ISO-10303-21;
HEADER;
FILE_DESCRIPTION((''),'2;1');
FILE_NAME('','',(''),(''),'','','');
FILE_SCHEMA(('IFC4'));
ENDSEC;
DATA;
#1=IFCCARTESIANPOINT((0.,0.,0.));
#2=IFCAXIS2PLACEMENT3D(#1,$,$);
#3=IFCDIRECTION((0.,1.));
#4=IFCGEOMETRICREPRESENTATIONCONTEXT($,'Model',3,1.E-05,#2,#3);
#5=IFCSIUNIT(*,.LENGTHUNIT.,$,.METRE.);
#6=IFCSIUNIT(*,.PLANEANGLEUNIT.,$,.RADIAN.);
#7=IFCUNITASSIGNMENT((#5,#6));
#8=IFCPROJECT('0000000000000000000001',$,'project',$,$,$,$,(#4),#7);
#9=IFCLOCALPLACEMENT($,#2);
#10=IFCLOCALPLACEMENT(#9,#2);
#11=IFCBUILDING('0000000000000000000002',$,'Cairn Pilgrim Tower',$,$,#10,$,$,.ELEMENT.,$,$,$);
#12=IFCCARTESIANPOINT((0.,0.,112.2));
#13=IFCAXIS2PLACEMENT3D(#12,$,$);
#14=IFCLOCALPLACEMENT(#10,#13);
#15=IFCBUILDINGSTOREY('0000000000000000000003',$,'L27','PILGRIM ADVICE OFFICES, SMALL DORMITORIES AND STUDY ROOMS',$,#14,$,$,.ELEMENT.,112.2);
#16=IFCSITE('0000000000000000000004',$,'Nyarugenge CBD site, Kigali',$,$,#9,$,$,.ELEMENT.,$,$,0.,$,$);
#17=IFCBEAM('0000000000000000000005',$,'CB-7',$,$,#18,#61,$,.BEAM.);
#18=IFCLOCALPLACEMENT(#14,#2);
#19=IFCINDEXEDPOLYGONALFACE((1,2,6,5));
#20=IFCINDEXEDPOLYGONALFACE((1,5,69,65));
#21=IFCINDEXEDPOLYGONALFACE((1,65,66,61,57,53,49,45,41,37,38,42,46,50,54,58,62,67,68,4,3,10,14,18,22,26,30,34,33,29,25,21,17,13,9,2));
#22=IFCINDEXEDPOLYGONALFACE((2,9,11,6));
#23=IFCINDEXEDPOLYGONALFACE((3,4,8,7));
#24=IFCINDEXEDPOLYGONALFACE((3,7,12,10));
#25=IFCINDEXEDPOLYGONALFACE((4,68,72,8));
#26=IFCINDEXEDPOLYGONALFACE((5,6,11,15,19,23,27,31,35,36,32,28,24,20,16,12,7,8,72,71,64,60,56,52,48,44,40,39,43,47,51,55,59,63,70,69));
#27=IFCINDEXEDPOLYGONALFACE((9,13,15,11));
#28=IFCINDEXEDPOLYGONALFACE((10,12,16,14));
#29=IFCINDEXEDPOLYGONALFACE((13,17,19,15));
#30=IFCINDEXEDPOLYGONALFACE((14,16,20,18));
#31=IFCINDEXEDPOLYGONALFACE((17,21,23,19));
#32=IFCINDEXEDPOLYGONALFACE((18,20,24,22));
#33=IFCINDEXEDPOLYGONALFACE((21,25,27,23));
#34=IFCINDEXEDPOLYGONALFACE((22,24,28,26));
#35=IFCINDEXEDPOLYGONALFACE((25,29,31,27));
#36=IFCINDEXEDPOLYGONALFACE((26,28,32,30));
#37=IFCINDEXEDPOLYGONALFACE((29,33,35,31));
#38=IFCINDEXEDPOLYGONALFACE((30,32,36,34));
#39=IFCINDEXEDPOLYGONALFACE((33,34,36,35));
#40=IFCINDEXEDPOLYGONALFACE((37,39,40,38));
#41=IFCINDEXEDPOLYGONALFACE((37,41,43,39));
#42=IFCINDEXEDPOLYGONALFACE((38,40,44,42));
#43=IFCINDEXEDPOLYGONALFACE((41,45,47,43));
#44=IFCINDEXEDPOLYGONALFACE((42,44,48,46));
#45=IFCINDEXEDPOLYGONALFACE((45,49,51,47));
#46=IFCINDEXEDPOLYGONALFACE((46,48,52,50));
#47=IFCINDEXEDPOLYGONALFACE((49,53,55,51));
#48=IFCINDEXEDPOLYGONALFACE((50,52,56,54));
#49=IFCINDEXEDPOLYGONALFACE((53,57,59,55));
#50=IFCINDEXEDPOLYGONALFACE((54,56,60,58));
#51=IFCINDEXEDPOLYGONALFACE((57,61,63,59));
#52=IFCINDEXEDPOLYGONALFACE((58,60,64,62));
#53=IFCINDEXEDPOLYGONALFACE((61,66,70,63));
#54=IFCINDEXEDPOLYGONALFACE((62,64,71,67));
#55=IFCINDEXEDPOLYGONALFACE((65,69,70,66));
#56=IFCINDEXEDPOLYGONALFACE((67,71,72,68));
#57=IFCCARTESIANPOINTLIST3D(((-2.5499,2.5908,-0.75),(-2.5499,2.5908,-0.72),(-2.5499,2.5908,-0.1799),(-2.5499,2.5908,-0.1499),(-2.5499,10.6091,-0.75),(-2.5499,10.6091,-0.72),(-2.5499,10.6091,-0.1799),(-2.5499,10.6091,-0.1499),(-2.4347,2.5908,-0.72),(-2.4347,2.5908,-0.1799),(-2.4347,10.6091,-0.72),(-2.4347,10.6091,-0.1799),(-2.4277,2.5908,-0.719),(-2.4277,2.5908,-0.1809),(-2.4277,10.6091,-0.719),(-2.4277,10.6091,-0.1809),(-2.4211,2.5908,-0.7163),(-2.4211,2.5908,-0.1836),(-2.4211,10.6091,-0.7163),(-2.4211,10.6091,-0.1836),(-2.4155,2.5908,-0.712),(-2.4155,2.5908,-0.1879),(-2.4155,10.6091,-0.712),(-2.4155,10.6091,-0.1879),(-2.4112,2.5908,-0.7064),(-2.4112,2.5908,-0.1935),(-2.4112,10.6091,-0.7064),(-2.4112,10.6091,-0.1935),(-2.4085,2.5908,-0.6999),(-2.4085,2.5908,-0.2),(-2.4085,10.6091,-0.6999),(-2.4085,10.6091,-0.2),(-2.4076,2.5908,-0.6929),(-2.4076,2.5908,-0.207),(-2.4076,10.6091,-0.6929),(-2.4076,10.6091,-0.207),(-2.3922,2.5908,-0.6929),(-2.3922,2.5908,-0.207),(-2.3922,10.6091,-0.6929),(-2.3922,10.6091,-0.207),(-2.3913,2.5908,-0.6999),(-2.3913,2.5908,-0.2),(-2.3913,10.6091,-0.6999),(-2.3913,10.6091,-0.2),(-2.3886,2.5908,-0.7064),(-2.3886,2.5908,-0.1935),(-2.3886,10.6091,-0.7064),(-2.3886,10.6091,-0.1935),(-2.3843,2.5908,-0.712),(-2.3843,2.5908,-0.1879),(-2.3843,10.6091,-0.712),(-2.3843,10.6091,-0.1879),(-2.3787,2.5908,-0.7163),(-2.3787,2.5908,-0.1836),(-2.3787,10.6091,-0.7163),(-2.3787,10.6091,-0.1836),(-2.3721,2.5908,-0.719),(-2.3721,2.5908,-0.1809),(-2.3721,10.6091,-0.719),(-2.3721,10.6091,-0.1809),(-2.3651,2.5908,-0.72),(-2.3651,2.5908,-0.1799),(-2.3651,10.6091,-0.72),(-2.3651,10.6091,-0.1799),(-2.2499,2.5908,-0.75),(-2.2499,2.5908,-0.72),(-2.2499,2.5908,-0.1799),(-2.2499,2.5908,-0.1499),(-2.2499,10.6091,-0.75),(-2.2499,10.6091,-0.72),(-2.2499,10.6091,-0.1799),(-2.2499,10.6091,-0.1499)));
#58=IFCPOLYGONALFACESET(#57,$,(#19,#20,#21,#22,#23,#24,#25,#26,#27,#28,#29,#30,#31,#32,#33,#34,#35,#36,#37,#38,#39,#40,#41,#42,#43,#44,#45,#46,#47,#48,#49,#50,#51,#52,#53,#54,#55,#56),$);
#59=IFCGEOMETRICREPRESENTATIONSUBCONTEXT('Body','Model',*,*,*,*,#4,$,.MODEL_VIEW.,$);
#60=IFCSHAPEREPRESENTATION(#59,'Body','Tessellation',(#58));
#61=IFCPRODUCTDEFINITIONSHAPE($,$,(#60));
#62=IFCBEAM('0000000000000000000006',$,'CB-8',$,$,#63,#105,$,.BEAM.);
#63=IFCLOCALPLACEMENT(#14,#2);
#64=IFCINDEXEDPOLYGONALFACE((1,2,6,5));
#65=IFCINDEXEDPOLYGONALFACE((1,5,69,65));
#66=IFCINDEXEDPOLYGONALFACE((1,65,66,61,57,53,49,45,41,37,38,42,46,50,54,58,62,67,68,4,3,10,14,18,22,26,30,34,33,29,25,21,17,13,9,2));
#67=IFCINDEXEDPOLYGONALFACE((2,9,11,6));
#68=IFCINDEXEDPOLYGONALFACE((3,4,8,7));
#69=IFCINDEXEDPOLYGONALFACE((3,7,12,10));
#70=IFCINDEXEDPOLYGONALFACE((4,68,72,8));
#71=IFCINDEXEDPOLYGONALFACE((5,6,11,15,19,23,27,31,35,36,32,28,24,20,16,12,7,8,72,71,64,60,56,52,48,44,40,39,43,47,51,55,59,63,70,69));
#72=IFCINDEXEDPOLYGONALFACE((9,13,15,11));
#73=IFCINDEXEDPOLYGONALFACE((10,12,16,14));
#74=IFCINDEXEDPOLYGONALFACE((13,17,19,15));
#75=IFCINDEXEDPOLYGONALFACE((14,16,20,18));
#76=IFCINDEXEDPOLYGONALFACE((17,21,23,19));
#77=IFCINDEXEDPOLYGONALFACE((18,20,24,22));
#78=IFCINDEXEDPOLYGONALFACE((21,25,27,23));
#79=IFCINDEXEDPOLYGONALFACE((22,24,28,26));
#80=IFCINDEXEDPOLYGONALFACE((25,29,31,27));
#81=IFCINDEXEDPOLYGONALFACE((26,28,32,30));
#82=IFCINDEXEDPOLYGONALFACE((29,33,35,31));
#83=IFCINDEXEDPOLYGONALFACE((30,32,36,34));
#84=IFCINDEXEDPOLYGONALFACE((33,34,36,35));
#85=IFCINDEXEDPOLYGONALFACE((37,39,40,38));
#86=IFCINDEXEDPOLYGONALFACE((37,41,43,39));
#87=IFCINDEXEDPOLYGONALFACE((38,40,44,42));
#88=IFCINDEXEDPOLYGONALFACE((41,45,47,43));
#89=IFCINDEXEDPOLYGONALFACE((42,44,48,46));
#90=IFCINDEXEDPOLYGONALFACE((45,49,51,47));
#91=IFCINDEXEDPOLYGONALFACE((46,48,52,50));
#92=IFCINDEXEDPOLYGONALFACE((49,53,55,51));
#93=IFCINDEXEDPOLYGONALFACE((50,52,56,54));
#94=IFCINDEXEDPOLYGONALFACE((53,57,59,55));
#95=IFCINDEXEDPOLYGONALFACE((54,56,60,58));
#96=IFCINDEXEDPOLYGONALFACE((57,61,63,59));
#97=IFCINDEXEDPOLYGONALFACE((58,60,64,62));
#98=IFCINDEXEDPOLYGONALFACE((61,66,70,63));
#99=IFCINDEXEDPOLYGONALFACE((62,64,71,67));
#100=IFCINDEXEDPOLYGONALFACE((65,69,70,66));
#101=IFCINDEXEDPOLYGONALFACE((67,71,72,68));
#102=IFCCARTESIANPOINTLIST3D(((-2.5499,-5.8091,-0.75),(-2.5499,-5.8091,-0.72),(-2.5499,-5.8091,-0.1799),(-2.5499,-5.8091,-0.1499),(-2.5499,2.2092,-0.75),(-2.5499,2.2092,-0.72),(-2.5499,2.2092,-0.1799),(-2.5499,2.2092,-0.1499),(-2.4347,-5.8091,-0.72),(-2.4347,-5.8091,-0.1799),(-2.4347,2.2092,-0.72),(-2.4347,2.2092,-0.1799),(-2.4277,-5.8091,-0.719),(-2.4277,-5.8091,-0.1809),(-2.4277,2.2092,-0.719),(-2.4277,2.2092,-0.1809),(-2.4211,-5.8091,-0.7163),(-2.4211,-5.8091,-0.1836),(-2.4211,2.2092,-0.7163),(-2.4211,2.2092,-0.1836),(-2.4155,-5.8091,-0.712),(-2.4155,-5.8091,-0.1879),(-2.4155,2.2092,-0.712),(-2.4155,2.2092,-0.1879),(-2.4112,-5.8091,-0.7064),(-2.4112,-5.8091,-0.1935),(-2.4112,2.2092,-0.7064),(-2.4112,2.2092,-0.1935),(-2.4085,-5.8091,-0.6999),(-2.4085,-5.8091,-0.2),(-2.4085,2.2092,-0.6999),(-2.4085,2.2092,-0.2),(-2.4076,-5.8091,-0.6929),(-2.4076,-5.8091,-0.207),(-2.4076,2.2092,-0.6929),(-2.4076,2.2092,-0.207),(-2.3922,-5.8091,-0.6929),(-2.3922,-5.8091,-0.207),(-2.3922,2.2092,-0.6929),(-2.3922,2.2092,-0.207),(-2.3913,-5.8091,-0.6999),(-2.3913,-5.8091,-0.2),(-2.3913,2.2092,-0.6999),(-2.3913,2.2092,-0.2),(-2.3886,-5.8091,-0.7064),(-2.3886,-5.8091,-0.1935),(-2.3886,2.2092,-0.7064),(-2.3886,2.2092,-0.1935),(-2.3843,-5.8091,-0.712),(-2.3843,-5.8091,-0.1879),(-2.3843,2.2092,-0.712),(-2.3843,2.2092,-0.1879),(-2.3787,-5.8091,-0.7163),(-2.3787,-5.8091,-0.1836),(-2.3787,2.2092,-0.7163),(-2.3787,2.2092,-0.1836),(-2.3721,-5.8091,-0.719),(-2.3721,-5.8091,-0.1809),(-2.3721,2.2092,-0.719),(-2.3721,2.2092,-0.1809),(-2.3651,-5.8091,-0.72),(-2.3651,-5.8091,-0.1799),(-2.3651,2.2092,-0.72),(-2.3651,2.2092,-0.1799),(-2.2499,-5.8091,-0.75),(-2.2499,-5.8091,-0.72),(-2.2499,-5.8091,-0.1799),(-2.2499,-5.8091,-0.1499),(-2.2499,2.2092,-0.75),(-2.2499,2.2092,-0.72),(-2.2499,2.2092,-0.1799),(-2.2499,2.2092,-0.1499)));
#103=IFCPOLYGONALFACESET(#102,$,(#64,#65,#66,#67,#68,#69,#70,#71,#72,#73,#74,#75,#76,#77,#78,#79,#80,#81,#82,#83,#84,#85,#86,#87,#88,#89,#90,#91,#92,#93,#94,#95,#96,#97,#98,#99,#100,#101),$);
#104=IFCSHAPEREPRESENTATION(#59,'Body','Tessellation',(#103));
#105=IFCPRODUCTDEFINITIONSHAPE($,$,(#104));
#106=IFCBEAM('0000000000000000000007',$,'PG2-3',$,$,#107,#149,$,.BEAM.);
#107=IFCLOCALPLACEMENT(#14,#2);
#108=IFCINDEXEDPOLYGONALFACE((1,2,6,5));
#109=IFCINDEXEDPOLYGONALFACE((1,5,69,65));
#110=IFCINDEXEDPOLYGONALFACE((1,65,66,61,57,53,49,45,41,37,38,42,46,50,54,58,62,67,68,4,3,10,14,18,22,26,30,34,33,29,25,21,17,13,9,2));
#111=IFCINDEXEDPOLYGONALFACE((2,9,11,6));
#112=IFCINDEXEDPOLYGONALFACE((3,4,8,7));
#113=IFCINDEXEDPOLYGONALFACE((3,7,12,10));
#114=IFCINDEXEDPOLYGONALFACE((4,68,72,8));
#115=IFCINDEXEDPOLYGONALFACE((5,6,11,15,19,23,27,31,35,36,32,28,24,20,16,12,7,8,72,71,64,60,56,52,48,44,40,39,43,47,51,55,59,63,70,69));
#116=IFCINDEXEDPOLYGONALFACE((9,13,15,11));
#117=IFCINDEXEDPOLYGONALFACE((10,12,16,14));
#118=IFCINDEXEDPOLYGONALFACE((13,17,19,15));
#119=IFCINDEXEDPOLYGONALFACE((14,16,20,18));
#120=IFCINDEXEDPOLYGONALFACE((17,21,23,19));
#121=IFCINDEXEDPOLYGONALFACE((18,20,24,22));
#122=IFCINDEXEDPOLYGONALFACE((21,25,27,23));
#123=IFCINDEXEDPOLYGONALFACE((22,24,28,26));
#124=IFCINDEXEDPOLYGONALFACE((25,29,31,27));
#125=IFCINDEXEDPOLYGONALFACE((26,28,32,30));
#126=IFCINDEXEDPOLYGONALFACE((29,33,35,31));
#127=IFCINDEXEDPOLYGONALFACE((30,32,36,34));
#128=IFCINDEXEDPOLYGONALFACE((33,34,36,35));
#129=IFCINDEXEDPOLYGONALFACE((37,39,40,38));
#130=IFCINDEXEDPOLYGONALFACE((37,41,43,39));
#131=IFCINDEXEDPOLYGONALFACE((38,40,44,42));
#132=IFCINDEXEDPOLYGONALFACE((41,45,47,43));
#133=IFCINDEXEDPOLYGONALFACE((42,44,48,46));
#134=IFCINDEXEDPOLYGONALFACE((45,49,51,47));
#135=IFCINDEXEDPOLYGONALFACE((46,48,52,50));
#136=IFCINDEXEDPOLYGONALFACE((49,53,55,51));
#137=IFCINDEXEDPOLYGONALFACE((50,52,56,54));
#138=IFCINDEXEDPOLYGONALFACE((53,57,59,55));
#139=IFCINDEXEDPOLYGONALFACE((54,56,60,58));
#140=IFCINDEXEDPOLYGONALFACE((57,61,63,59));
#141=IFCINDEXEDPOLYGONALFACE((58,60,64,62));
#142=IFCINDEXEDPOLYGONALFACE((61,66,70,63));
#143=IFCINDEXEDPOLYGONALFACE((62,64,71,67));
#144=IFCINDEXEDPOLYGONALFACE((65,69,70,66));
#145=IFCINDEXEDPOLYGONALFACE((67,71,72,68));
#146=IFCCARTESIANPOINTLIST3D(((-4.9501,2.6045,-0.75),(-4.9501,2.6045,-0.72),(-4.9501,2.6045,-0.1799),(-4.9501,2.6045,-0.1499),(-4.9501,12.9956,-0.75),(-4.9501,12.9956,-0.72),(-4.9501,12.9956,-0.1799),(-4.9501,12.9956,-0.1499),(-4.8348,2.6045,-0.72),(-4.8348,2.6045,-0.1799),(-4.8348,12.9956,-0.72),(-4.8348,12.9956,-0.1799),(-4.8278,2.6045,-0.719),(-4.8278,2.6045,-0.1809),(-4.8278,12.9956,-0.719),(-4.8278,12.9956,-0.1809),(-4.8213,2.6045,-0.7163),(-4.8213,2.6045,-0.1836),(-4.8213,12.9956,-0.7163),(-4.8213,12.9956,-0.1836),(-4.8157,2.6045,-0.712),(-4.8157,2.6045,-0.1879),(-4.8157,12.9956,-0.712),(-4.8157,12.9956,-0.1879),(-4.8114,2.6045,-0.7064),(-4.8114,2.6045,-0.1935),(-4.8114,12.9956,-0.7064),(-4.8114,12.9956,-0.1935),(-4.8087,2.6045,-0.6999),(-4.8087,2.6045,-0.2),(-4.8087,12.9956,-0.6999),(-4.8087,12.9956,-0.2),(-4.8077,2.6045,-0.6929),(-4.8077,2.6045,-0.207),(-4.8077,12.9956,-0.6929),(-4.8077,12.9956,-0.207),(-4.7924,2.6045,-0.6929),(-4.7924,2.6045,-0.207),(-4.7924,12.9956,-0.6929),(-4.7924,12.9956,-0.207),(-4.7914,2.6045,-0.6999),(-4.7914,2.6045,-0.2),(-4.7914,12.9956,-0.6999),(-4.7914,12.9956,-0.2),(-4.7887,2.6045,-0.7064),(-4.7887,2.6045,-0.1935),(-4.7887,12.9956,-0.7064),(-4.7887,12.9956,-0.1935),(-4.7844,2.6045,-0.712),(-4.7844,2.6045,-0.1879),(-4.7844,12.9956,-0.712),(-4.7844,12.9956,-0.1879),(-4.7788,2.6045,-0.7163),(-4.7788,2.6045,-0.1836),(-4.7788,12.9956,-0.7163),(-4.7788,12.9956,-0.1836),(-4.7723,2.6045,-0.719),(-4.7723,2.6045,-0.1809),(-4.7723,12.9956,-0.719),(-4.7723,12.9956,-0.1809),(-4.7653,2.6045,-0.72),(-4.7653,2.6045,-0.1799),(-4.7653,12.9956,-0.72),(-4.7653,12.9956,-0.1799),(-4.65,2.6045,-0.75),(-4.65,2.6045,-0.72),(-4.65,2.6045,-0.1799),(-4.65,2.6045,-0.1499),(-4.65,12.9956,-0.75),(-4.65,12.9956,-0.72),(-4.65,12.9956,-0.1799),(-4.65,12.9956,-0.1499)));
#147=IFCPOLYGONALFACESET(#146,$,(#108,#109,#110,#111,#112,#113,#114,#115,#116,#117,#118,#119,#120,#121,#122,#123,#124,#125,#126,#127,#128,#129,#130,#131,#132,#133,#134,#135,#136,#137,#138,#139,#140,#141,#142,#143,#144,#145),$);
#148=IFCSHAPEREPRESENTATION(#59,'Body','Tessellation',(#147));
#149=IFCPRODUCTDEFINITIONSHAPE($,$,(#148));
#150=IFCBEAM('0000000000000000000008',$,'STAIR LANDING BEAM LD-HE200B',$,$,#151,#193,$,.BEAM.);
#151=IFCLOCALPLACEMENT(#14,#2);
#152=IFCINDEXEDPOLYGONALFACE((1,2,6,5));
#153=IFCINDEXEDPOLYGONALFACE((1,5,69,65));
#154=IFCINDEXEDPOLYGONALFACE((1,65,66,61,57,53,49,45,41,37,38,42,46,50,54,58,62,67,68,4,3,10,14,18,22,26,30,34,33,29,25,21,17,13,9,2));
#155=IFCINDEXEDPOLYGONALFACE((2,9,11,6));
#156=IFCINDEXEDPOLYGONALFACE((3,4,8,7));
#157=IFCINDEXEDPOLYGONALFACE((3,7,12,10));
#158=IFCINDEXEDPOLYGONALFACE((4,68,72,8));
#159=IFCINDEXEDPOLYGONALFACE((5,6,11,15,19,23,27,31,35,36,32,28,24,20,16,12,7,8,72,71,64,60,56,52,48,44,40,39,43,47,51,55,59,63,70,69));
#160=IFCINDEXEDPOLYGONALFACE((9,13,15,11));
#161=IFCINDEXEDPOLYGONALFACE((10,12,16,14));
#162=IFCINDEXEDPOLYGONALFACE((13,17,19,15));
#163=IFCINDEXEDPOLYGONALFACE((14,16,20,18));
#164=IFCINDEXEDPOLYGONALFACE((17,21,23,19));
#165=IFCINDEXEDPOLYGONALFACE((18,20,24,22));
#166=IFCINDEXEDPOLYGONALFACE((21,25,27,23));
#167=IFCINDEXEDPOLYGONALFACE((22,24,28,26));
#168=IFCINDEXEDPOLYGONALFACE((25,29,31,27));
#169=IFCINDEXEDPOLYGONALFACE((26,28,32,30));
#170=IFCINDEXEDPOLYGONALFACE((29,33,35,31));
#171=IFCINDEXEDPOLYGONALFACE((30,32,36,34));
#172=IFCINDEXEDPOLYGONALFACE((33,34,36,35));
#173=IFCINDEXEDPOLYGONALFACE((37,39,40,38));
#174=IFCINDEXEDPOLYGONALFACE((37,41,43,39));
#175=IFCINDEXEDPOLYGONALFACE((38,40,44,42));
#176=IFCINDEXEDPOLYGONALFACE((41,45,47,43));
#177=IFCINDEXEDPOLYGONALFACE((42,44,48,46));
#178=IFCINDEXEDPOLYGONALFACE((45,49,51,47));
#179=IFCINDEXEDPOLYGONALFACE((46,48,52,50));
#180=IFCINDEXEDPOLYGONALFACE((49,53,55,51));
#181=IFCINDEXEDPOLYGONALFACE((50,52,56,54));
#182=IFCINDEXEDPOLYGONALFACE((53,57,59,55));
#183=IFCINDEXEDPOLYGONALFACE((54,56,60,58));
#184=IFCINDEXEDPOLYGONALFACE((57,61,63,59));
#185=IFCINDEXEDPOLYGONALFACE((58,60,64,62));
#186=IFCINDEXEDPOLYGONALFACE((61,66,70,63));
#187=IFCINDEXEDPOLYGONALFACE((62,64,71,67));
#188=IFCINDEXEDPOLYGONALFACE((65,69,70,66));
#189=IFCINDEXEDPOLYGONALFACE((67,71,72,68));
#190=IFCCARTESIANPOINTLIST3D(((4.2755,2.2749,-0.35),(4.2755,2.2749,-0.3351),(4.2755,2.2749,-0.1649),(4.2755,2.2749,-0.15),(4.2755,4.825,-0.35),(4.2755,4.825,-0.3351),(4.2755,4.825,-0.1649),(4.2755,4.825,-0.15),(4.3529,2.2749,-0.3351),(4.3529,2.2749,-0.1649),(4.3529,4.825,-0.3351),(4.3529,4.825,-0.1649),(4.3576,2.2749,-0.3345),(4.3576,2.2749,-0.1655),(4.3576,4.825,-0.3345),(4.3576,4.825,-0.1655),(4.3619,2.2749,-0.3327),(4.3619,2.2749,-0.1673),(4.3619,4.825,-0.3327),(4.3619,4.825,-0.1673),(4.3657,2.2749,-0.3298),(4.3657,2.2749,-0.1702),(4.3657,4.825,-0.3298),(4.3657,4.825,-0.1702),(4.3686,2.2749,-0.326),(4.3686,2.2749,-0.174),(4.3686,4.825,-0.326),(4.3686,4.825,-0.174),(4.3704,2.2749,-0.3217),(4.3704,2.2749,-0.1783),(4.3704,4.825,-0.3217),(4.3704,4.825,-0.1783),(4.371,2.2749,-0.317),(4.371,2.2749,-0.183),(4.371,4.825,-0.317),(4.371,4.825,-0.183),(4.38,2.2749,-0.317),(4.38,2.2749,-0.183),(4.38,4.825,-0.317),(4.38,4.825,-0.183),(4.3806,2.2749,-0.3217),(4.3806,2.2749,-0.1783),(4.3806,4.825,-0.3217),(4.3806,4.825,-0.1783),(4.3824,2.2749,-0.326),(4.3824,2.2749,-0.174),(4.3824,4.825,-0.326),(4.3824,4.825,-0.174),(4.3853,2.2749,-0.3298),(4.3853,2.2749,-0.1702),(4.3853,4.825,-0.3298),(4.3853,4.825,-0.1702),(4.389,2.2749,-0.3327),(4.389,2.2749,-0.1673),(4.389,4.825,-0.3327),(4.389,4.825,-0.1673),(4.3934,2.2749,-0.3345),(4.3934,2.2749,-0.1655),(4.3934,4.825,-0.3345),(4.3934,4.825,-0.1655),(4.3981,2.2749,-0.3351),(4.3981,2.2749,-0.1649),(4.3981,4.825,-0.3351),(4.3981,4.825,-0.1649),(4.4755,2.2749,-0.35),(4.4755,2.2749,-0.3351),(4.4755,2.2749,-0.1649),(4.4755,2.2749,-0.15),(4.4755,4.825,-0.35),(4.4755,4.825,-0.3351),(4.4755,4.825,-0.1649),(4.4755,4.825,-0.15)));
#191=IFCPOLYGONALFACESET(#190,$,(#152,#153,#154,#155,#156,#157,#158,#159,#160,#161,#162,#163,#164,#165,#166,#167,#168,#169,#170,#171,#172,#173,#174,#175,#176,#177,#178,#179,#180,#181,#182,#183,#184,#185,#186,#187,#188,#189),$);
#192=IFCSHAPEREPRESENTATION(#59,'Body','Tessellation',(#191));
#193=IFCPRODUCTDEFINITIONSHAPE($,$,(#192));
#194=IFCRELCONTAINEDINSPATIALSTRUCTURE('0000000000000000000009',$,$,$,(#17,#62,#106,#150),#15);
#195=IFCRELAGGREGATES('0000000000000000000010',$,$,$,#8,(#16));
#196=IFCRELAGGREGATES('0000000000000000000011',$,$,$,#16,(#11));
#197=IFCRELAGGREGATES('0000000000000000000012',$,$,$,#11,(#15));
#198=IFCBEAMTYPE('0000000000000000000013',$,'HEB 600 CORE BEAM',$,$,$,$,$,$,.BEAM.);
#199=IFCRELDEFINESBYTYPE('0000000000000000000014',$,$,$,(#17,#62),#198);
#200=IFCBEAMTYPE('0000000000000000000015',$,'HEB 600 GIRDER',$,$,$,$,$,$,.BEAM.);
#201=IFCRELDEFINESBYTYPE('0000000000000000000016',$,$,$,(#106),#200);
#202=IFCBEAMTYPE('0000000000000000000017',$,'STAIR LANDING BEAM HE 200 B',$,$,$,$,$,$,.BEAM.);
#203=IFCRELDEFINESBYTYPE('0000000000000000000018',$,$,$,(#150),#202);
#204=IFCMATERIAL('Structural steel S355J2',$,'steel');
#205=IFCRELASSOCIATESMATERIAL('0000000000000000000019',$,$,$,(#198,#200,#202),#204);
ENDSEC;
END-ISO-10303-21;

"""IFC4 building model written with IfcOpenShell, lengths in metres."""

from ifc_helpers import new_model, si_unit, direction, frame, origin, origin_2d, place, context, subcontext, project, spatial, i_section, extrude, material, material_profile, profile_set, type_object, element, save


model = new_model("IFC4")

# Units and contexts
model_context = context("Model", 3, precision=1e-05, world=origin(), true_north=direction((0.0, 1.0)))
body_context = subcontext(model_context, "Body", "Model", "MODEL_VIEW")
ifc_project = project(units=[si_unit("LENGTHUNIT", "METRE"), si_unit("PLANEANGLEUNIT", "RADIAN")], contexts=[model_context])

# Site, building, storey
site_placement = place(None, origin())
site = spatial("IfcSite", under=ifc_project, at=site_placement, Name="Nyarugenge CBD site, Kigali", CompositionType="ELEMENT", RefElevation=0.0)
building_placement = place(site_placement, origin())
building = spatial("IfcBuilding", under=site, at=building_placement, Name="Cairn Pilgrim Tower", CompositionType="ELEMENT")
storey_placement = place(building_placement, frame((0.0, 0.0, 112.2)))
storey = spatial("IfcBuildingStorey", under=building, at=storey_placement, Name="L27", Description="PILGRIM ADVICE OFFICES, SMALL DORMITORIES AND STUDY ROOMS", CompositionType="ELEMENT", Elevation=112.2)

# Beams
ifc_material_1 = material(Name="Structural steel S355J2", Category="steel")
ifc_material_profile_1 = material_profile(ifc_material_1, i_section(OverallWidth=0.3, OverallDepth=0.6001, WebThickness=0.0154, FlangeThickness=0.03, FilletRadius=0.0271, at=origin_2d()), Name="HEB 600")
ifc_profile_set_1 = profile_set([ifc_material_profile_1], Name="Structural steel S355J2")
beam_type_1 = type_object("IfcBeamType", Name="HEB 600 CORE BEAM", PredefinedType="BEAM", material=ifc_profile_set_1)
for number, where, z_axis, x_axis, name in (
    (1, (-2.3999, 10.6091, -0.45), (0.0, -1.0, 0.0), (1.0, 0.0, 0.0), "CB-7"),
    (2, (-2.3999, 2.2092, -0.45), (0.0, -1.0, 0.0), (1.0, 0.0, 0.0), "CB-8"),
):
    element("IfcBeam", number, at=place(storey_placement, frame(where, z_axis=z_axis, x_axis=x_axis)), inside=storey, type_object=beam_type_1, Name=name, PredefinedType="BEAM", context=body_context, shape_type="SweptSolid", body=[
        extrude(i_section(OverallWidth=0.3, OverallDepth=0.6001, WebThickness=0.0154, FlangeThickness=0.03, FilletRadius=0.0271, at=origin_2d()), origin(), (0.0, 0.0, 1.0), 8.0183),
    ])
ifc_material_profile_2 = material_profile(ifc_material_1, i_section(OverallWidth=0.3, OverallDepth=0.6001, WebThickness=0.0154, FlangeThickness=0.03, FilletRadius=0.0271, at=origin_2d()), Name="HEB 600")
ifc_profile_set_2 = profile_set([ifc_material_profile_2], Name="Structural steel S355J2")
beam_type_2 = type_object("IfcBeamType", Name="HEB 600 GIRDER", PredefinedType="BEAM", material=ifc_profile_set_2)
beam_1_placement = place(storey_placement, frame((-4.8, 2.6045, -0.45), z_axis=(0.0, 1.0, 0.0), x_axis=(-1.0, 0.0, 0.0)))
element("IfcBeam", 3, at=beam_1_placement, inside=storey, type_object=beam_type_2, Name="PG2-3", PredefinedType="BEAM", context=body_context, shape_type="SweptSolid", body=[
    extrude(i_section(OverallWidth=0.3, OverallDepth=0.6001, WebThickness=0.0154, FlangeThickness=0.03, FilletRadius=0.0271, at=origin_2d()), origin(), (0.0, 0.0, 1.0), 10.3911),
])
ifc_material_profile_3 = material_profile(ifc_material_1, i_section(OverallWidth=0.2, OverallDepth=0.2, WebThickness=0.009, FlangeThickness=0.0149, FilletRadius=0.0181, at=origin_2d()), Name="HE 200 B")
ifc_profile_set_3 = profile_set([ifc_material_profile_3], Name="Structural steel S355J2")
beam_type_3 = type_object("IfcBeamType", Name="STAIR LANDING BEAM HE 200 B", PredefinedType="BEAM", material=ifc_profile_set_3)
beam_2_placement = place(storey_placement, frame((4.3755, 2.2749, -0.25), z_axis=(0.0, 1.0, 0.0), x_axis=(-1.0, 0.0, 0.0)))
element("IfcBeam", 4, at=beam_2_placement, inside=storey, type_object=beam_type_3, Name="STAIR LANDING BEAM LD-HE200B", PredefinedType="BEAM", context=body_context, shape_type="SweptSolid", body=[
    extrude(i_section(OverallWidth=0.2, OverallDepth=0.2, WebThickness=0.009, FlangeThickness=0.0149, FilletRadius=0.0181, at=origin_2d()), origin(), (0.0, 0.0, 1.0), 2.55),
])

save(model, "model.ifc")
